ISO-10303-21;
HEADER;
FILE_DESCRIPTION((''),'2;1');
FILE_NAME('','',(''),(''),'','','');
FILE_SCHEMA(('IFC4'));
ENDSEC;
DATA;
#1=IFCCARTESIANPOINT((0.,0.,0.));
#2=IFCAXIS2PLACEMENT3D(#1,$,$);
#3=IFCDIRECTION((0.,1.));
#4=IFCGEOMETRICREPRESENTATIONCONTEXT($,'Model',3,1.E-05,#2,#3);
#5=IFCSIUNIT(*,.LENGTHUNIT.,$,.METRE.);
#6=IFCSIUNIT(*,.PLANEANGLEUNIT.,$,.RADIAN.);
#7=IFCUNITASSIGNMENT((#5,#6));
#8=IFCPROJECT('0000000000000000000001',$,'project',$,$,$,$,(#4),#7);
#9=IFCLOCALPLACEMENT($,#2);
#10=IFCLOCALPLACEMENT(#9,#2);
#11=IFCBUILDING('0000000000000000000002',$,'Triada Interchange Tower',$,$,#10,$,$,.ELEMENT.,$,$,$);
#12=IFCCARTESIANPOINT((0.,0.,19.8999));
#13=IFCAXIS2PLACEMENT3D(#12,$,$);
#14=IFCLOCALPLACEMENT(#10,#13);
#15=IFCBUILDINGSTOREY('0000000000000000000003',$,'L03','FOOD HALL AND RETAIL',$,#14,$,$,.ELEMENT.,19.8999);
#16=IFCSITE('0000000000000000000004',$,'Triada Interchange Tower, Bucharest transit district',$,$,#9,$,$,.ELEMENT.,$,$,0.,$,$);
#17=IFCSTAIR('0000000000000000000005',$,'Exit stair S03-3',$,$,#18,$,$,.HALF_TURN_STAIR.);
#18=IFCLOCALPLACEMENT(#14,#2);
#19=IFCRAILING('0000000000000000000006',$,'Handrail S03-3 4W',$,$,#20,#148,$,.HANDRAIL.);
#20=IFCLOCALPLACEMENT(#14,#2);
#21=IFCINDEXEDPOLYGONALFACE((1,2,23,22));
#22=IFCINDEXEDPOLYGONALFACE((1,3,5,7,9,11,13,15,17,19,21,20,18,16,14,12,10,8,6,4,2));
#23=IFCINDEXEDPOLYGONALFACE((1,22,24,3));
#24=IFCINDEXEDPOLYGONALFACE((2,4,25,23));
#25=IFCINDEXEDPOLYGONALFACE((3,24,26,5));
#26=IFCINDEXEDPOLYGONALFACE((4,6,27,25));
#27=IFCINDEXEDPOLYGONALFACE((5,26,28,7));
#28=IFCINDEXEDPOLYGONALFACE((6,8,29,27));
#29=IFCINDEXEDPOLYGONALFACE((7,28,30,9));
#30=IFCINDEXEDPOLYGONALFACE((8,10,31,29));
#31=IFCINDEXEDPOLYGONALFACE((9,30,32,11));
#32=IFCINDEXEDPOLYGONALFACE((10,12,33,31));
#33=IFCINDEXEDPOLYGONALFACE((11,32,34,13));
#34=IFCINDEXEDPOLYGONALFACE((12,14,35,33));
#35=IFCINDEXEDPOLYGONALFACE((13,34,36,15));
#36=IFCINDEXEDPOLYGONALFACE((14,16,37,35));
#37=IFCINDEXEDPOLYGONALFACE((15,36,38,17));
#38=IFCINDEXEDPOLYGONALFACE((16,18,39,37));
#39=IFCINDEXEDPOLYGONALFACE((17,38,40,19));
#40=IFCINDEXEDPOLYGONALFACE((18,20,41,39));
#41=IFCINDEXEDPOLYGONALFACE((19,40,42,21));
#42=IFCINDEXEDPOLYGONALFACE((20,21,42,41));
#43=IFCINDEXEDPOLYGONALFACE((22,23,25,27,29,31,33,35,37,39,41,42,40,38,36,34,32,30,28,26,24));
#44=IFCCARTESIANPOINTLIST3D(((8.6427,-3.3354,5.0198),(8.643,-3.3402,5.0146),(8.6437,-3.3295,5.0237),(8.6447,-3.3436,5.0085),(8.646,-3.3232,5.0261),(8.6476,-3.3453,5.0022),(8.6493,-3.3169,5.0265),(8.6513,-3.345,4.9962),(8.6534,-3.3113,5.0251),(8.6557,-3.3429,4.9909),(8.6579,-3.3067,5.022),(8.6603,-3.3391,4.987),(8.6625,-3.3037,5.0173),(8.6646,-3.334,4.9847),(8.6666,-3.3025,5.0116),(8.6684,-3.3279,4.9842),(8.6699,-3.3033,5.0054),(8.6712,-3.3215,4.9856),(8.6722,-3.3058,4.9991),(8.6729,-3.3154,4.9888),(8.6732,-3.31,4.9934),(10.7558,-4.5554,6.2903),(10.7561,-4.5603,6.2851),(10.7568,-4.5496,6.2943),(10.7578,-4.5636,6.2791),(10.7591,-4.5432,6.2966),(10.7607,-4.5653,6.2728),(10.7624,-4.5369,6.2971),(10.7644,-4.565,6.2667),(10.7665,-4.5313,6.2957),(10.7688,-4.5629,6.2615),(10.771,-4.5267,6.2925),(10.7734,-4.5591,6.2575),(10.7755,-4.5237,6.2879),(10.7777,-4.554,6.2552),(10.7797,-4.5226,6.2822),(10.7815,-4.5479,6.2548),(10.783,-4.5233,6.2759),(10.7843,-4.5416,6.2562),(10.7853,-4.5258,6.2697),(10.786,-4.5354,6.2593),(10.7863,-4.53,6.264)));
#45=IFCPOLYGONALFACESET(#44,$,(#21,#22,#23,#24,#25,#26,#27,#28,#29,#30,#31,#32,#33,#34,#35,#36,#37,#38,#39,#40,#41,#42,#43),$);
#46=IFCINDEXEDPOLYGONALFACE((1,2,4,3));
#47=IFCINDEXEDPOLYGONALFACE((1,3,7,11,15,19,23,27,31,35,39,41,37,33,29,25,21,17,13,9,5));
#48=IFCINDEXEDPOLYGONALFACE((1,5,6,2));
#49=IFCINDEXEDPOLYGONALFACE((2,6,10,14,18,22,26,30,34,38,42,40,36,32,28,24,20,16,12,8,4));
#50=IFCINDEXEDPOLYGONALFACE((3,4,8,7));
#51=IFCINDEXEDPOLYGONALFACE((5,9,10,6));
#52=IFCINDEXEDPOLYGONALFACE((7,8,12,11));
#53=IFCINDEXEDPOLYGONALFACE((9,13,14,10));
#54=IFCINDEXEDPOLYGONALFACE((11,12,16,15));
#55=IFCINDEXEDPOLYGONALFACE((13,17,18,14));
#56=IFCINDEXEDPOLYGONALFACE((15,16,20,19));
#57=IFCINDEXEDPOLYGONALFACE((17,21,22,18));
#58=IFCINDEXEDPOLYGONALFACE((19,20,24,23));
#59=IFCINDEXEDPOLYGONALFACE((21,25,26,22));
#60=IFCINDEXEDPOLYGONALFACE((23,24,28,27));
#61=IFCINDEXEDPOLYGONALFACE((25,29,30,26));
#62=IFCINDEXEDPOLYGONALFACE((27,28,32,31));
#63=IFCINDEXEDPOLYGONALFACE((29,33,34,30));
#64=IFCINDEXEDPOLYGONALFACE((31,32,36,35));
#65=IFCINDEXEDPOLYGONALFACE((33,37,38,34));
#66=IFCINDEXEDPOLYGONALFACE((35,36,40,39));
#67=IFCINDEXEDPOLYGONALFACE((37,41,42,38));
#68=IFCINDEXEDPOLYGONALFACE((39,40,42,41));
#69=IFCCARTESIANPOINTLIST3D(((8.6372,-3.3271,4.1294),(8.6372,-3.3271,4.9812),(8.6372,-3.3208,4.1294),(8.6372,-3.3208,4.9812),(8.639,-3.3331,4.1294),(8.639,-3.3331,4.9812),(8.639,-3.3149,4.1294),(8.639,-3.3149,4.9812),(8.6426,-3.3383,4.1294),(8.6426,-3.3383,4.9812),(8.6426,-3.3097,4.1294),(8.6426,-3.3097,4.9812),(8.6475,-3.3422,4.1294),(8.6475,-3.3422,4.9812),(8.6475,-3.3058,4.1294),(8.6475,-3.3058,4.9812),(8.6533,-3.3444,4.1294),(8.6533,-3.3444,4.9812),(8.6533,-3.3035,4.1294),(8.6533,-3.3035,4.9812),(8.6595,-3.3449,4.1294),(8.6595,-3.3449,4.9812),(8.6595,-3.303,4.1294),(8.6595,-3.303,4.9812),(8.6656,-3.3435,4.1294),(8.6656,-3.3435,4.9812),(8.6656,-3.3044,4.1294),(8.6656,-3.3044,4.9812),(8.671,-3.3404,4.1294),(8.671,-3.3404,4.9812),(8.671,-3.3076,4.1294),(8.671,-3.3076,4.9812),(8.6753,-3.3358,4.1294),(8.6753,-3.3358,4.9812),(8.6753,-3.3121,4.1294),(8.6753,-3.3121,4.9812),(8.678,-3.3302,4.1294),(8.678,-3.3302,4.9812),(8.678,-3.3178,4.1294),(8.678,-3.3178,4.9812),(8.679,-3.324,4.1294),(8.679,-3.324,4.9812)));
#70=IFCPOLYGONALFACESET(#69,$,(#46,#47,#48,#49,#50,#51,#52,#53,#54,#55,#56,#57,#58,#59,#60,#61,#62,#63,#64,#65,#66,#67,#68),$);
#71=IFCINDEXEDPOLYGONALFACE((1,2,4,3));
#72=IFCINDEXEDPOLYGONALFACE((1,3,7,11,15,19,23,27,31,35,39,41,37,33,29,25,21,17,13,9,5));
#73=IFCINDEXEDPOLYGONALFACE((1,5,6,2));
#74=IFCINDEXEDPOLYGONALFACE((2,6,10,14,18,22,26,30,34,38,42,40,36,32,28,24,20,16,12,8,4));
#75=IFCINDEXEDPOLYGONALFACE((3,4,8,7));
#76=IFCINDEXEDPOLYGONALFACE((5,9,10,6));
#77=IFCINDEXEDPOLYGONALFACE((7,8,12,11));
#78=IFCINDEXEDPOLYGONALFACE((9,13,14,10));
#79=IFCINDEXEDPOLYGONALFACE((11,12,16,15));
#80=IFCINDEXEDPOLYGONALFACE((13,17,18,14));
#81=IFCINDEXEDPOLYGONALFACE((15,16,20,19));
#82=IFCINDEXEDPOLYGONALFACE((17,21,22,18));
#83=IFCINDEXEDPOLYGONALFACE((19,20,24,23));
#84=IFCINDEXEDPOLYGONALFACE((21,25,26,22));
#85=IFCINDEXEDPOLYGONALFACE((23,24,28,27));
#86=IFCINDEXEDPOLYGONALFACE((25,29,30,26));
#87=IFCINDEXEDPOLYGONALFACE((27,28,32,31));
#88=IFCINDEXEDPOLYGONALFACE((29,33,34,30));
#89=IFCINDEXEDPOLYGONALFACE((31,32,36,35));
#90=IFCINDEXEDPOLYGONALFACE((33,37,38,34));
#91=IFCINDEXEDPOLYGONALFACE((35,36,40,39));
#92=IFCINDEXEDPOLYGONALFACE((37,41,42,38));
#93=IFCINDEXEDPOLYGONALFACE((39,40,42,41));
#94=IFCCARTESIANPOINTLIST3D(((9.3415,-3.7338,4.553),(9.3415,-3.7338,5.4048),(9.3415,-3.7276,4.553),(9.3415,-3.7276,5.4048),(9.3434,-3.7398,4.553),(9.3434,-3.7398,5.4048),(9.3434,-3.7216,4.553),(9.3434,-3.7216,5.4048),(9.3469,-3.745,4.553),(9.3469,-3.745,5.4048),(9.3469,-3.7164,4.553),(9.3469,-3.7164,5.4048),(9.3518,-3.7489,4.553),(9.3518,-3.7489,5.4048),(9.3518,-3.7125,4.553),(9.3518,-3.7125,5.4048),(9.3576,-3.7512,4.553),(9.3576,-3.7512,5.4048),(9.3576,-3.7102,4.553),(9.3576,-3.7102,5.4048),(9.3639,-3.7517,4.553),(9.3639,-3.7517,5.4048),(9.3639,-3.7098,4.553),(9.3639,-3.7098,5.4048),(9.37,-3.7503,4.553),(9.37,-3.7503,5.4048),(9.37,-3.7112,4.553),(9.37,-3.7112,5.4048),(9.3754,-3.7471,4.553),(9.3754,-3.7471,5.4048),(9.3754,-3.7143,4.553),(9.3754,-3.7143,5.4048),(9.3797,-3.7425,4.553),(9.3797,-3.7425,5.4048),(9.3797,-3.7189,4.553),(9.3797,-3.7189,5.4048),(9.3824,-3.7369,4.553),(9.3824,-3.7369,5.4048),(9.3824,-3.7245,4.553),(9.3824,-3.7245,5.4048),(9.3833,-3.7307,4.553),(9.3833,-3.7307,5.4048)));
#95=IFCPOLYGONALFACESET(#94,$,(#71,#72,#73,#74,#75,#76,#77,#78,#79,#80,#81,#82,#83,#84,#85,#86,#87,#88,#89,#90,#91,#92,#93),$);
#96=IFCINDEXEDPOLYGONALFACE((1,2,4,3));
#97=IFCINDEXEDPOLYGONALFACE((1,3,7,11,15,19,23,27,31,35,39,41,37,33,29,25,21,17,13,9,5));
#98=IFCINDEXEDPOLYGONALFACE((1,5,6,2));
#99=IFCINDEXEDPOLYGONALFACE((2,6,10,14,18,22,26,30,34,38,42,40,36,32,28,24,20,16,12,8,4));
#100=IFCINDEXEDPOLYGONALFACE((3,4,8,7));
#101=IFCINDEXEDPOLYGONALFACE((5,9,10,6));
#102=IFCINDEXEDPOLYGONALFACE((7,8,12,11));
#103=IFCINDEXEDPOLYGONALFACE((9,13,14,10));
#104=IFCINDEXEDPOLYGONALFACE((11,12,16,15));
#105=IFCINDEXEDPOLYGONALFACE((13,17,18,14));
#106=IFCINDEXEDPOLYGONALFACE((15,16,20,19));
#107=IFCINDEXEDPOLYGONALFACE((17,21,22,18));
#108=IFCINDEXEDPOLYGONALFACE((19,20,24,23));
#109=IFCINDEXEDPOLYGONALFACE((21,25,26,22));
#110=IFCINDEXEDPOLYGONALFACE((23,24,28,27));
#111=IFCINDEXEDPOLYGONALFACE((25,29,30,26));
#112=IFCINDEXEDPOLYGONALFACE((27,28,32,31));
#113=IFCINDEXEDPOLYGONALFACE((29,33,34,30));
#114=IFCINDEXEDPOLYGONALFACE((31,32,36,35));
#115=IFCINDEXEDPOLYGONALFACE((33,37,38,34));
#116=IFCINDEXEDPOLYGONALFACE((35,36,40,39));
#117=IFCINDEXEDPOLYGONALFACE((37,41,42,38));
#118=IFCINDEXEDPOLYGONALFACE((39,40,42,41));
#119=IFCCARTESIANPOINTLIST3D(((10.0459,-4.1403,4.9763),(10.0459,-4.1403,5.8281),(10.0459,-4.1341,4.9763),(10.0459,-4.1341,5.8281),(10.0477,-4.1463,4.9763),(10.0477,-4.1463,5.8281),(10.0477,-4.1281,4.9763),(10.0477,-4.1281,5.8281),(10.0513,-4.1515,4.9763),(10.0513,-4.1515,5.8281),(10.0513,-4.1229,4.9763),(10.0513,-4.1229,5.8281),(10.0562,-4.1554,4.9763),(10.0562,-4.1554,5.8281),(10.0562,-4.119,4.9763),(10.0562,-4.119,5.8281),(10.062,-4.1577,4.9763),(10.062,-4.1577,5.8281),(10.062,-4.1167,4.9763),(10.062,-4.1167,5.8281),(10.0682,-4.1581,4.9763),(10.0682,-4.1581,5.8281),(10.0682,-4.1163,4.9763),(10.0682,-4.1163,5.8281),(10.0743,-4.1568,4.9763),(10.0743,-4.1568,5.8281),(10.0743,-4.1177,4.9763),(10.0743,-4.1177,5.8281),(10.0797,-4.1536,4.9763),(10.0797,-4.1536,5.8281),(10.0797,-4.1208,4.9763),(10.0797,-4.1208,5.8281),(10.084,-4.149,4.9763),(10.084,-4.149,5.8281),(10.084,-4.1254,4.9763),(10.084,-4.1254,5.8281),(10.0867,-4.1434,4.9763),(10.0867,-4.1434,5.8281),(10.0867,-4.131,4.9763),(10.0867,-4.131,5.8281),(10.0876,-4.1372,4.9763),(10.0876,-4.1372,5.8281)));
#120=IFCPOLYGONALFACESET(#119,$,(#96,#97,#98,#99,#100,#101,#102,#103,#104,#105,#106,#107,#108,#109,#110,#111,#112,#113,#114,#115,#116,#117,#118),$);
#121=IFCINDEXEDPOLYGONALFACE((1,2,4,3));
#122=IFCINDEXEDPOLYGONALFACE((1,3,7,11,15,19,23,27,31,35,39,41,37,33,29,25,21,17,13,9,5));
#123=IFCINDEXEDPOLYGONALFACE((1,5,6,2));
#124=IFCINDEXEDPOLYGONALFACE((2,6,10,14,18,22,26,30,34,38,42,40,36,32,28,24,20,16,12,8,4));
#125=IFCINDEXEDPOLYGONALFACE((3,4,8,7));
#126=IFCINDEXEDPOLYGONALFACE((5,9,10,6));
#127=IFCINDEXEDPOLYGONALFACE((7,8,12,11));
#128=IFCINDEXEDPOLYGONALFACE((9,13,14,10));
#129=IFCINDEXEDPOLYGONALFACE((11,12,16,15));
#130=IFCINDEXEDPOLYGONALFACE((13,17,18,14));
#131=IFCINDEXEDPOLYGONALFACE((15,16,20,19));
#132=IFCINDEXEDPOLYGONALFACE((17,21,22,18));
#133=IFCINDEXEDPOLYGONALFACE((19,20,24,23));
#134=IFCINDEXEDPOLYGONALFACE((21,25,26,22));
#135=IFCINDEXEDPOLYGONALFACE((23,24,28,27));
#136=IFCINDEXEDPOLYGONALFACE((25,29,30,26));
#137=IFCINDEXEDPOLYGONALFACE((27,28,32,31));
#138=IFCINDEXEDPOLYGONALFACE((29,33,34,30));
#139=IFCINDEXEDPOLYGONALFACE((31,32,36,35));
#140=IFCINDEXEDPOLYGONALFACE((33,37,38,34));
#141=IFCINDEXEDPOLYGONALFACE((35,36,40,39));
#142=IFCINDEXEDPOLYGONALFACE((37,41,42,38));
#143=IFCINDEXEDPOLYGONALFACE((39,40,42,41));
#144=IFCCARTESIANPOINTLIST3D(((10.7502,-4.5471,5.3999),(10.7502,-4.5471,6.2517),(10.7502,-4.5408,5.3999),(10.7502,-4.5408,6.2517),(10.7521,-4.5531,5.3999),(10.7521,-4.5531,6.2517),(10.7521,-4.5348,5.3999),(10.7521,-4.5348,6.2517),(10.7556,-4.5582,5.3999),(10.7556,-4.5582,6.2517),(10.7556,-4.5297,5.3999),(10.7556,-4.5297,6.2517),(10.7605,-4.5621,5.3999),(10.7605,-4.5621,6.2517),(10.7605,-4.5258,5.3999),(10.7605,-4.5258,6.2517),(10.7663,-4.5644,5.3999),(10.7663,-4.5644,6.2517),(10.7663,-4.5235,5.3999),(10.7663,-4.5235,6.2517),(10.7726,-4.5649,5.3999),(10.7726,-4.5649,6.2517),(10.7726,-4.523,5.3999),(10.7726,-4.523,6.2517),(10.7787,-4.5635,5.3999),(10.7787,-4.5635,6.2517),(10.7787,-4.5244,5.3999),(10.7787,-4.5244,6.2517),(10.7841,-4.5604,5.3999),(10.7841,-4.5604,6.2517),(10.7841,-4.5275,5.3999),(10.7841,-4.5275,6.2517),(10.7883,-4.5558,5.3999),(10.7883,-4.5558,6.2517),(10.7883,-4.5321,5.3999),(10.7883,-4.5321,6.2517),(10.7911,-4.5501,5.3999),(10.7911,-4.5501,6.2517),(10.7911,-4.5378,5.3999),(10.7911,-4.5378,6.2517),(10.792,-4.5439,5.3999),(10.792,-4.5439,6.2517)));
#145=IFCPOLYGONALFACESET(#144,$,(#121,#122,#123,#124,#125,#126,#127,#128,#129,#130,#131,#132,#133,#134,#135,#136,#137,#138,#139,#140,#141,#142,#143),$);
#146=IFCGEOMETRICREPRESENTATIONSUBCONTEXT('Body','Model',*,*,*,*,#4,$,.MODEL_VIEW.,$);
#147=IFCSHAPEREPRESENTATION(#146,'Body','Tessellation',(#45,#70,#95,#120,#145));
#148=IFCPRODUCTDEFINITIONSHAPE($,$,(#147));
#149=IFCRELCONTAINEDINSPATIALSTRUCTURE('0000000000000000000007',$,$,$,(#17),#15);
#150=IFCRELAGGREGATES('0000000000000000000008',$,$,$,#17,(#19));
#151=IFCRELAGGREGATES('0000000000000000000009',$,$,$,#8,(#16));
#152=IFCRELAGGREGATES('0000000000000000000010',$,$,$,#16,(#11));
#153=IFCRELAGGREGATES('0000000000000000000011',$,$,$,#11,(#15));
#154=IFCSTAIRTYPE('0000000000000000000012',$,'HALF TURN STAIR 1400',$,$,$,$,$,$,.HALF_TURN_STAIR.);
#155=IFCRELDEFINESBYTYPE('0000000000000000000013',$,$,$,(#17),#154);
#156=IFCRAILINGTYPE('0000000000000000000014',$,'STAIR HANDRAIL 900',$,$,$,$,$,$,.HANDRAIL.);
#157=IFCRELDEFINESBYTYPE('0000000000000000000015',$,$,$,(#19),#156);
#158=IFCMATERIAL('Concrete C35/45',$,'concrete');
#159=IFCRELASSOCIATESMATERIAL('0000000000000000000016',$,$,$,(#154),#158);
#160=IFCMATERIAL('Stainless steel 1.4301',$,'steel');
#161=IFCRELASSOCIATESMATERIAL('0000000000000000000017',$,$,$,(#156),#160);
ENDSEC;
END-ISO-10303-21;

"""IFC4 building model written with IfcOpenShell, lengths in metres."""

from ifc_helpers import new_model, si_unit, direction, frame, origin, origin_2d, place, context, subcontext, project, spatial, circle, extrude, material, type_object, element, aggregate, save


model = new_model("IFC4")

# Units and contexts
model_context = context("Model", 3, precision=1e-05, world=origin(), true_north=direction((0.0, 1.0)))
body_context = subcontext(model_context, "Body", "Model", "MODEL_VIEW")
ifc_project = project(units=[si_unit("LENGTHUNIT", "METRE"), si_unit("PLANEANGLEUNIT", "RADIAN")], contexts=[model_context])

# Site, building, storey
site_placement = place(None, origin())
site = spatial("IfcSite", under=ifc_project, at=site_placement, Name="Triada Interchange Tower, Bucharest transit district", CompositionType="ELEMENT", RefElevation=0.0)
building_placement = place(site_placement, origin())
building = spatial("IfcBuilding", under=site, at=building_placement, Name="Triada Interchange Tower", CompositionType="ELEMENT")
storey_placement = place(building_placement, frame((0.0, 0.0, 19.8999)))
storey = spatial("IfcBuildingStorey", under=building, at=storey_placement, Name="L03", Description="FOOD HALL AND RETAIL", CompositionType="ELEMENT", Elevation=19.8999)

# Shared definitions
ifc_material_1 = material(Name="Concrete C35/45", Category="concrete")
stair_type = type_object("IfcStairType", Name="HALF TURN STAIR 1400", PredefinedType="HALF_TURN_STAIR", material=ifc_material_1)

# Stair
stair_1_placement = place(storey_placement, origin())
stair_1 = element("IfcStair", 1, at=stair_1_placement, inside=storey, type_object=stair_type, Name="Exit stair S03-3", PredefinedType="HALF_TURN_STAIR")

# Railing
ifc_material_2 = material(Name="Stainless steel 1.4301", Category="steel")
railing_type = type_object("IfcRailingType", Name="STAIR HANDRAIL 900", PredefinedType="HANDRAIL", material=ifc_material_2)
railing_1_placement = place(storey_placement, frame((8.658, -3.324, 4.1294)))
railing_1 = element("IfcRailing", 2, at=railing_1_placement, type_object=railing_type, Name="Handrail S03-3 4W", PredefinedType="HANDRAIL", context=body_context, shape_type="SweptSolid", body=[
    extrude(circle(Radius=0.0239, at=origin_2d()), frame((0.0, 0.0, 0.876), z_axis=(0.768126, -0.443481, 0.461852), x_axis=(0.500003, 0.866024, 0.0)), (0.0, 0.0, 1.0), 2.751),
    extrude(circle(Radius=0.021, at=origin_2d()), origin(), (0.0, 0.0, 1.0), 0.8518),
    extrude(circle(Radius=0.021, at=origin_2d()), frame((0.7043, -0.4067, 0.4236)), (0.0, 0.0, 1.0), 0.8518),
    extrude(circle(Radius=0.021, at=origin_2d()), frame((1.4087, -0.8132, 0.8469)), (0.0, 0.0, 1.0), 0.8518),
    extrude(circle(Radius=0.021, at=origin_2d()), frame((2.113, -1.22, 1.2705)), (0.0, 0.0, 1.0), 0.8518),
])
aggregate(stair_1, [railing_1])

save(model, "model.ifc")
